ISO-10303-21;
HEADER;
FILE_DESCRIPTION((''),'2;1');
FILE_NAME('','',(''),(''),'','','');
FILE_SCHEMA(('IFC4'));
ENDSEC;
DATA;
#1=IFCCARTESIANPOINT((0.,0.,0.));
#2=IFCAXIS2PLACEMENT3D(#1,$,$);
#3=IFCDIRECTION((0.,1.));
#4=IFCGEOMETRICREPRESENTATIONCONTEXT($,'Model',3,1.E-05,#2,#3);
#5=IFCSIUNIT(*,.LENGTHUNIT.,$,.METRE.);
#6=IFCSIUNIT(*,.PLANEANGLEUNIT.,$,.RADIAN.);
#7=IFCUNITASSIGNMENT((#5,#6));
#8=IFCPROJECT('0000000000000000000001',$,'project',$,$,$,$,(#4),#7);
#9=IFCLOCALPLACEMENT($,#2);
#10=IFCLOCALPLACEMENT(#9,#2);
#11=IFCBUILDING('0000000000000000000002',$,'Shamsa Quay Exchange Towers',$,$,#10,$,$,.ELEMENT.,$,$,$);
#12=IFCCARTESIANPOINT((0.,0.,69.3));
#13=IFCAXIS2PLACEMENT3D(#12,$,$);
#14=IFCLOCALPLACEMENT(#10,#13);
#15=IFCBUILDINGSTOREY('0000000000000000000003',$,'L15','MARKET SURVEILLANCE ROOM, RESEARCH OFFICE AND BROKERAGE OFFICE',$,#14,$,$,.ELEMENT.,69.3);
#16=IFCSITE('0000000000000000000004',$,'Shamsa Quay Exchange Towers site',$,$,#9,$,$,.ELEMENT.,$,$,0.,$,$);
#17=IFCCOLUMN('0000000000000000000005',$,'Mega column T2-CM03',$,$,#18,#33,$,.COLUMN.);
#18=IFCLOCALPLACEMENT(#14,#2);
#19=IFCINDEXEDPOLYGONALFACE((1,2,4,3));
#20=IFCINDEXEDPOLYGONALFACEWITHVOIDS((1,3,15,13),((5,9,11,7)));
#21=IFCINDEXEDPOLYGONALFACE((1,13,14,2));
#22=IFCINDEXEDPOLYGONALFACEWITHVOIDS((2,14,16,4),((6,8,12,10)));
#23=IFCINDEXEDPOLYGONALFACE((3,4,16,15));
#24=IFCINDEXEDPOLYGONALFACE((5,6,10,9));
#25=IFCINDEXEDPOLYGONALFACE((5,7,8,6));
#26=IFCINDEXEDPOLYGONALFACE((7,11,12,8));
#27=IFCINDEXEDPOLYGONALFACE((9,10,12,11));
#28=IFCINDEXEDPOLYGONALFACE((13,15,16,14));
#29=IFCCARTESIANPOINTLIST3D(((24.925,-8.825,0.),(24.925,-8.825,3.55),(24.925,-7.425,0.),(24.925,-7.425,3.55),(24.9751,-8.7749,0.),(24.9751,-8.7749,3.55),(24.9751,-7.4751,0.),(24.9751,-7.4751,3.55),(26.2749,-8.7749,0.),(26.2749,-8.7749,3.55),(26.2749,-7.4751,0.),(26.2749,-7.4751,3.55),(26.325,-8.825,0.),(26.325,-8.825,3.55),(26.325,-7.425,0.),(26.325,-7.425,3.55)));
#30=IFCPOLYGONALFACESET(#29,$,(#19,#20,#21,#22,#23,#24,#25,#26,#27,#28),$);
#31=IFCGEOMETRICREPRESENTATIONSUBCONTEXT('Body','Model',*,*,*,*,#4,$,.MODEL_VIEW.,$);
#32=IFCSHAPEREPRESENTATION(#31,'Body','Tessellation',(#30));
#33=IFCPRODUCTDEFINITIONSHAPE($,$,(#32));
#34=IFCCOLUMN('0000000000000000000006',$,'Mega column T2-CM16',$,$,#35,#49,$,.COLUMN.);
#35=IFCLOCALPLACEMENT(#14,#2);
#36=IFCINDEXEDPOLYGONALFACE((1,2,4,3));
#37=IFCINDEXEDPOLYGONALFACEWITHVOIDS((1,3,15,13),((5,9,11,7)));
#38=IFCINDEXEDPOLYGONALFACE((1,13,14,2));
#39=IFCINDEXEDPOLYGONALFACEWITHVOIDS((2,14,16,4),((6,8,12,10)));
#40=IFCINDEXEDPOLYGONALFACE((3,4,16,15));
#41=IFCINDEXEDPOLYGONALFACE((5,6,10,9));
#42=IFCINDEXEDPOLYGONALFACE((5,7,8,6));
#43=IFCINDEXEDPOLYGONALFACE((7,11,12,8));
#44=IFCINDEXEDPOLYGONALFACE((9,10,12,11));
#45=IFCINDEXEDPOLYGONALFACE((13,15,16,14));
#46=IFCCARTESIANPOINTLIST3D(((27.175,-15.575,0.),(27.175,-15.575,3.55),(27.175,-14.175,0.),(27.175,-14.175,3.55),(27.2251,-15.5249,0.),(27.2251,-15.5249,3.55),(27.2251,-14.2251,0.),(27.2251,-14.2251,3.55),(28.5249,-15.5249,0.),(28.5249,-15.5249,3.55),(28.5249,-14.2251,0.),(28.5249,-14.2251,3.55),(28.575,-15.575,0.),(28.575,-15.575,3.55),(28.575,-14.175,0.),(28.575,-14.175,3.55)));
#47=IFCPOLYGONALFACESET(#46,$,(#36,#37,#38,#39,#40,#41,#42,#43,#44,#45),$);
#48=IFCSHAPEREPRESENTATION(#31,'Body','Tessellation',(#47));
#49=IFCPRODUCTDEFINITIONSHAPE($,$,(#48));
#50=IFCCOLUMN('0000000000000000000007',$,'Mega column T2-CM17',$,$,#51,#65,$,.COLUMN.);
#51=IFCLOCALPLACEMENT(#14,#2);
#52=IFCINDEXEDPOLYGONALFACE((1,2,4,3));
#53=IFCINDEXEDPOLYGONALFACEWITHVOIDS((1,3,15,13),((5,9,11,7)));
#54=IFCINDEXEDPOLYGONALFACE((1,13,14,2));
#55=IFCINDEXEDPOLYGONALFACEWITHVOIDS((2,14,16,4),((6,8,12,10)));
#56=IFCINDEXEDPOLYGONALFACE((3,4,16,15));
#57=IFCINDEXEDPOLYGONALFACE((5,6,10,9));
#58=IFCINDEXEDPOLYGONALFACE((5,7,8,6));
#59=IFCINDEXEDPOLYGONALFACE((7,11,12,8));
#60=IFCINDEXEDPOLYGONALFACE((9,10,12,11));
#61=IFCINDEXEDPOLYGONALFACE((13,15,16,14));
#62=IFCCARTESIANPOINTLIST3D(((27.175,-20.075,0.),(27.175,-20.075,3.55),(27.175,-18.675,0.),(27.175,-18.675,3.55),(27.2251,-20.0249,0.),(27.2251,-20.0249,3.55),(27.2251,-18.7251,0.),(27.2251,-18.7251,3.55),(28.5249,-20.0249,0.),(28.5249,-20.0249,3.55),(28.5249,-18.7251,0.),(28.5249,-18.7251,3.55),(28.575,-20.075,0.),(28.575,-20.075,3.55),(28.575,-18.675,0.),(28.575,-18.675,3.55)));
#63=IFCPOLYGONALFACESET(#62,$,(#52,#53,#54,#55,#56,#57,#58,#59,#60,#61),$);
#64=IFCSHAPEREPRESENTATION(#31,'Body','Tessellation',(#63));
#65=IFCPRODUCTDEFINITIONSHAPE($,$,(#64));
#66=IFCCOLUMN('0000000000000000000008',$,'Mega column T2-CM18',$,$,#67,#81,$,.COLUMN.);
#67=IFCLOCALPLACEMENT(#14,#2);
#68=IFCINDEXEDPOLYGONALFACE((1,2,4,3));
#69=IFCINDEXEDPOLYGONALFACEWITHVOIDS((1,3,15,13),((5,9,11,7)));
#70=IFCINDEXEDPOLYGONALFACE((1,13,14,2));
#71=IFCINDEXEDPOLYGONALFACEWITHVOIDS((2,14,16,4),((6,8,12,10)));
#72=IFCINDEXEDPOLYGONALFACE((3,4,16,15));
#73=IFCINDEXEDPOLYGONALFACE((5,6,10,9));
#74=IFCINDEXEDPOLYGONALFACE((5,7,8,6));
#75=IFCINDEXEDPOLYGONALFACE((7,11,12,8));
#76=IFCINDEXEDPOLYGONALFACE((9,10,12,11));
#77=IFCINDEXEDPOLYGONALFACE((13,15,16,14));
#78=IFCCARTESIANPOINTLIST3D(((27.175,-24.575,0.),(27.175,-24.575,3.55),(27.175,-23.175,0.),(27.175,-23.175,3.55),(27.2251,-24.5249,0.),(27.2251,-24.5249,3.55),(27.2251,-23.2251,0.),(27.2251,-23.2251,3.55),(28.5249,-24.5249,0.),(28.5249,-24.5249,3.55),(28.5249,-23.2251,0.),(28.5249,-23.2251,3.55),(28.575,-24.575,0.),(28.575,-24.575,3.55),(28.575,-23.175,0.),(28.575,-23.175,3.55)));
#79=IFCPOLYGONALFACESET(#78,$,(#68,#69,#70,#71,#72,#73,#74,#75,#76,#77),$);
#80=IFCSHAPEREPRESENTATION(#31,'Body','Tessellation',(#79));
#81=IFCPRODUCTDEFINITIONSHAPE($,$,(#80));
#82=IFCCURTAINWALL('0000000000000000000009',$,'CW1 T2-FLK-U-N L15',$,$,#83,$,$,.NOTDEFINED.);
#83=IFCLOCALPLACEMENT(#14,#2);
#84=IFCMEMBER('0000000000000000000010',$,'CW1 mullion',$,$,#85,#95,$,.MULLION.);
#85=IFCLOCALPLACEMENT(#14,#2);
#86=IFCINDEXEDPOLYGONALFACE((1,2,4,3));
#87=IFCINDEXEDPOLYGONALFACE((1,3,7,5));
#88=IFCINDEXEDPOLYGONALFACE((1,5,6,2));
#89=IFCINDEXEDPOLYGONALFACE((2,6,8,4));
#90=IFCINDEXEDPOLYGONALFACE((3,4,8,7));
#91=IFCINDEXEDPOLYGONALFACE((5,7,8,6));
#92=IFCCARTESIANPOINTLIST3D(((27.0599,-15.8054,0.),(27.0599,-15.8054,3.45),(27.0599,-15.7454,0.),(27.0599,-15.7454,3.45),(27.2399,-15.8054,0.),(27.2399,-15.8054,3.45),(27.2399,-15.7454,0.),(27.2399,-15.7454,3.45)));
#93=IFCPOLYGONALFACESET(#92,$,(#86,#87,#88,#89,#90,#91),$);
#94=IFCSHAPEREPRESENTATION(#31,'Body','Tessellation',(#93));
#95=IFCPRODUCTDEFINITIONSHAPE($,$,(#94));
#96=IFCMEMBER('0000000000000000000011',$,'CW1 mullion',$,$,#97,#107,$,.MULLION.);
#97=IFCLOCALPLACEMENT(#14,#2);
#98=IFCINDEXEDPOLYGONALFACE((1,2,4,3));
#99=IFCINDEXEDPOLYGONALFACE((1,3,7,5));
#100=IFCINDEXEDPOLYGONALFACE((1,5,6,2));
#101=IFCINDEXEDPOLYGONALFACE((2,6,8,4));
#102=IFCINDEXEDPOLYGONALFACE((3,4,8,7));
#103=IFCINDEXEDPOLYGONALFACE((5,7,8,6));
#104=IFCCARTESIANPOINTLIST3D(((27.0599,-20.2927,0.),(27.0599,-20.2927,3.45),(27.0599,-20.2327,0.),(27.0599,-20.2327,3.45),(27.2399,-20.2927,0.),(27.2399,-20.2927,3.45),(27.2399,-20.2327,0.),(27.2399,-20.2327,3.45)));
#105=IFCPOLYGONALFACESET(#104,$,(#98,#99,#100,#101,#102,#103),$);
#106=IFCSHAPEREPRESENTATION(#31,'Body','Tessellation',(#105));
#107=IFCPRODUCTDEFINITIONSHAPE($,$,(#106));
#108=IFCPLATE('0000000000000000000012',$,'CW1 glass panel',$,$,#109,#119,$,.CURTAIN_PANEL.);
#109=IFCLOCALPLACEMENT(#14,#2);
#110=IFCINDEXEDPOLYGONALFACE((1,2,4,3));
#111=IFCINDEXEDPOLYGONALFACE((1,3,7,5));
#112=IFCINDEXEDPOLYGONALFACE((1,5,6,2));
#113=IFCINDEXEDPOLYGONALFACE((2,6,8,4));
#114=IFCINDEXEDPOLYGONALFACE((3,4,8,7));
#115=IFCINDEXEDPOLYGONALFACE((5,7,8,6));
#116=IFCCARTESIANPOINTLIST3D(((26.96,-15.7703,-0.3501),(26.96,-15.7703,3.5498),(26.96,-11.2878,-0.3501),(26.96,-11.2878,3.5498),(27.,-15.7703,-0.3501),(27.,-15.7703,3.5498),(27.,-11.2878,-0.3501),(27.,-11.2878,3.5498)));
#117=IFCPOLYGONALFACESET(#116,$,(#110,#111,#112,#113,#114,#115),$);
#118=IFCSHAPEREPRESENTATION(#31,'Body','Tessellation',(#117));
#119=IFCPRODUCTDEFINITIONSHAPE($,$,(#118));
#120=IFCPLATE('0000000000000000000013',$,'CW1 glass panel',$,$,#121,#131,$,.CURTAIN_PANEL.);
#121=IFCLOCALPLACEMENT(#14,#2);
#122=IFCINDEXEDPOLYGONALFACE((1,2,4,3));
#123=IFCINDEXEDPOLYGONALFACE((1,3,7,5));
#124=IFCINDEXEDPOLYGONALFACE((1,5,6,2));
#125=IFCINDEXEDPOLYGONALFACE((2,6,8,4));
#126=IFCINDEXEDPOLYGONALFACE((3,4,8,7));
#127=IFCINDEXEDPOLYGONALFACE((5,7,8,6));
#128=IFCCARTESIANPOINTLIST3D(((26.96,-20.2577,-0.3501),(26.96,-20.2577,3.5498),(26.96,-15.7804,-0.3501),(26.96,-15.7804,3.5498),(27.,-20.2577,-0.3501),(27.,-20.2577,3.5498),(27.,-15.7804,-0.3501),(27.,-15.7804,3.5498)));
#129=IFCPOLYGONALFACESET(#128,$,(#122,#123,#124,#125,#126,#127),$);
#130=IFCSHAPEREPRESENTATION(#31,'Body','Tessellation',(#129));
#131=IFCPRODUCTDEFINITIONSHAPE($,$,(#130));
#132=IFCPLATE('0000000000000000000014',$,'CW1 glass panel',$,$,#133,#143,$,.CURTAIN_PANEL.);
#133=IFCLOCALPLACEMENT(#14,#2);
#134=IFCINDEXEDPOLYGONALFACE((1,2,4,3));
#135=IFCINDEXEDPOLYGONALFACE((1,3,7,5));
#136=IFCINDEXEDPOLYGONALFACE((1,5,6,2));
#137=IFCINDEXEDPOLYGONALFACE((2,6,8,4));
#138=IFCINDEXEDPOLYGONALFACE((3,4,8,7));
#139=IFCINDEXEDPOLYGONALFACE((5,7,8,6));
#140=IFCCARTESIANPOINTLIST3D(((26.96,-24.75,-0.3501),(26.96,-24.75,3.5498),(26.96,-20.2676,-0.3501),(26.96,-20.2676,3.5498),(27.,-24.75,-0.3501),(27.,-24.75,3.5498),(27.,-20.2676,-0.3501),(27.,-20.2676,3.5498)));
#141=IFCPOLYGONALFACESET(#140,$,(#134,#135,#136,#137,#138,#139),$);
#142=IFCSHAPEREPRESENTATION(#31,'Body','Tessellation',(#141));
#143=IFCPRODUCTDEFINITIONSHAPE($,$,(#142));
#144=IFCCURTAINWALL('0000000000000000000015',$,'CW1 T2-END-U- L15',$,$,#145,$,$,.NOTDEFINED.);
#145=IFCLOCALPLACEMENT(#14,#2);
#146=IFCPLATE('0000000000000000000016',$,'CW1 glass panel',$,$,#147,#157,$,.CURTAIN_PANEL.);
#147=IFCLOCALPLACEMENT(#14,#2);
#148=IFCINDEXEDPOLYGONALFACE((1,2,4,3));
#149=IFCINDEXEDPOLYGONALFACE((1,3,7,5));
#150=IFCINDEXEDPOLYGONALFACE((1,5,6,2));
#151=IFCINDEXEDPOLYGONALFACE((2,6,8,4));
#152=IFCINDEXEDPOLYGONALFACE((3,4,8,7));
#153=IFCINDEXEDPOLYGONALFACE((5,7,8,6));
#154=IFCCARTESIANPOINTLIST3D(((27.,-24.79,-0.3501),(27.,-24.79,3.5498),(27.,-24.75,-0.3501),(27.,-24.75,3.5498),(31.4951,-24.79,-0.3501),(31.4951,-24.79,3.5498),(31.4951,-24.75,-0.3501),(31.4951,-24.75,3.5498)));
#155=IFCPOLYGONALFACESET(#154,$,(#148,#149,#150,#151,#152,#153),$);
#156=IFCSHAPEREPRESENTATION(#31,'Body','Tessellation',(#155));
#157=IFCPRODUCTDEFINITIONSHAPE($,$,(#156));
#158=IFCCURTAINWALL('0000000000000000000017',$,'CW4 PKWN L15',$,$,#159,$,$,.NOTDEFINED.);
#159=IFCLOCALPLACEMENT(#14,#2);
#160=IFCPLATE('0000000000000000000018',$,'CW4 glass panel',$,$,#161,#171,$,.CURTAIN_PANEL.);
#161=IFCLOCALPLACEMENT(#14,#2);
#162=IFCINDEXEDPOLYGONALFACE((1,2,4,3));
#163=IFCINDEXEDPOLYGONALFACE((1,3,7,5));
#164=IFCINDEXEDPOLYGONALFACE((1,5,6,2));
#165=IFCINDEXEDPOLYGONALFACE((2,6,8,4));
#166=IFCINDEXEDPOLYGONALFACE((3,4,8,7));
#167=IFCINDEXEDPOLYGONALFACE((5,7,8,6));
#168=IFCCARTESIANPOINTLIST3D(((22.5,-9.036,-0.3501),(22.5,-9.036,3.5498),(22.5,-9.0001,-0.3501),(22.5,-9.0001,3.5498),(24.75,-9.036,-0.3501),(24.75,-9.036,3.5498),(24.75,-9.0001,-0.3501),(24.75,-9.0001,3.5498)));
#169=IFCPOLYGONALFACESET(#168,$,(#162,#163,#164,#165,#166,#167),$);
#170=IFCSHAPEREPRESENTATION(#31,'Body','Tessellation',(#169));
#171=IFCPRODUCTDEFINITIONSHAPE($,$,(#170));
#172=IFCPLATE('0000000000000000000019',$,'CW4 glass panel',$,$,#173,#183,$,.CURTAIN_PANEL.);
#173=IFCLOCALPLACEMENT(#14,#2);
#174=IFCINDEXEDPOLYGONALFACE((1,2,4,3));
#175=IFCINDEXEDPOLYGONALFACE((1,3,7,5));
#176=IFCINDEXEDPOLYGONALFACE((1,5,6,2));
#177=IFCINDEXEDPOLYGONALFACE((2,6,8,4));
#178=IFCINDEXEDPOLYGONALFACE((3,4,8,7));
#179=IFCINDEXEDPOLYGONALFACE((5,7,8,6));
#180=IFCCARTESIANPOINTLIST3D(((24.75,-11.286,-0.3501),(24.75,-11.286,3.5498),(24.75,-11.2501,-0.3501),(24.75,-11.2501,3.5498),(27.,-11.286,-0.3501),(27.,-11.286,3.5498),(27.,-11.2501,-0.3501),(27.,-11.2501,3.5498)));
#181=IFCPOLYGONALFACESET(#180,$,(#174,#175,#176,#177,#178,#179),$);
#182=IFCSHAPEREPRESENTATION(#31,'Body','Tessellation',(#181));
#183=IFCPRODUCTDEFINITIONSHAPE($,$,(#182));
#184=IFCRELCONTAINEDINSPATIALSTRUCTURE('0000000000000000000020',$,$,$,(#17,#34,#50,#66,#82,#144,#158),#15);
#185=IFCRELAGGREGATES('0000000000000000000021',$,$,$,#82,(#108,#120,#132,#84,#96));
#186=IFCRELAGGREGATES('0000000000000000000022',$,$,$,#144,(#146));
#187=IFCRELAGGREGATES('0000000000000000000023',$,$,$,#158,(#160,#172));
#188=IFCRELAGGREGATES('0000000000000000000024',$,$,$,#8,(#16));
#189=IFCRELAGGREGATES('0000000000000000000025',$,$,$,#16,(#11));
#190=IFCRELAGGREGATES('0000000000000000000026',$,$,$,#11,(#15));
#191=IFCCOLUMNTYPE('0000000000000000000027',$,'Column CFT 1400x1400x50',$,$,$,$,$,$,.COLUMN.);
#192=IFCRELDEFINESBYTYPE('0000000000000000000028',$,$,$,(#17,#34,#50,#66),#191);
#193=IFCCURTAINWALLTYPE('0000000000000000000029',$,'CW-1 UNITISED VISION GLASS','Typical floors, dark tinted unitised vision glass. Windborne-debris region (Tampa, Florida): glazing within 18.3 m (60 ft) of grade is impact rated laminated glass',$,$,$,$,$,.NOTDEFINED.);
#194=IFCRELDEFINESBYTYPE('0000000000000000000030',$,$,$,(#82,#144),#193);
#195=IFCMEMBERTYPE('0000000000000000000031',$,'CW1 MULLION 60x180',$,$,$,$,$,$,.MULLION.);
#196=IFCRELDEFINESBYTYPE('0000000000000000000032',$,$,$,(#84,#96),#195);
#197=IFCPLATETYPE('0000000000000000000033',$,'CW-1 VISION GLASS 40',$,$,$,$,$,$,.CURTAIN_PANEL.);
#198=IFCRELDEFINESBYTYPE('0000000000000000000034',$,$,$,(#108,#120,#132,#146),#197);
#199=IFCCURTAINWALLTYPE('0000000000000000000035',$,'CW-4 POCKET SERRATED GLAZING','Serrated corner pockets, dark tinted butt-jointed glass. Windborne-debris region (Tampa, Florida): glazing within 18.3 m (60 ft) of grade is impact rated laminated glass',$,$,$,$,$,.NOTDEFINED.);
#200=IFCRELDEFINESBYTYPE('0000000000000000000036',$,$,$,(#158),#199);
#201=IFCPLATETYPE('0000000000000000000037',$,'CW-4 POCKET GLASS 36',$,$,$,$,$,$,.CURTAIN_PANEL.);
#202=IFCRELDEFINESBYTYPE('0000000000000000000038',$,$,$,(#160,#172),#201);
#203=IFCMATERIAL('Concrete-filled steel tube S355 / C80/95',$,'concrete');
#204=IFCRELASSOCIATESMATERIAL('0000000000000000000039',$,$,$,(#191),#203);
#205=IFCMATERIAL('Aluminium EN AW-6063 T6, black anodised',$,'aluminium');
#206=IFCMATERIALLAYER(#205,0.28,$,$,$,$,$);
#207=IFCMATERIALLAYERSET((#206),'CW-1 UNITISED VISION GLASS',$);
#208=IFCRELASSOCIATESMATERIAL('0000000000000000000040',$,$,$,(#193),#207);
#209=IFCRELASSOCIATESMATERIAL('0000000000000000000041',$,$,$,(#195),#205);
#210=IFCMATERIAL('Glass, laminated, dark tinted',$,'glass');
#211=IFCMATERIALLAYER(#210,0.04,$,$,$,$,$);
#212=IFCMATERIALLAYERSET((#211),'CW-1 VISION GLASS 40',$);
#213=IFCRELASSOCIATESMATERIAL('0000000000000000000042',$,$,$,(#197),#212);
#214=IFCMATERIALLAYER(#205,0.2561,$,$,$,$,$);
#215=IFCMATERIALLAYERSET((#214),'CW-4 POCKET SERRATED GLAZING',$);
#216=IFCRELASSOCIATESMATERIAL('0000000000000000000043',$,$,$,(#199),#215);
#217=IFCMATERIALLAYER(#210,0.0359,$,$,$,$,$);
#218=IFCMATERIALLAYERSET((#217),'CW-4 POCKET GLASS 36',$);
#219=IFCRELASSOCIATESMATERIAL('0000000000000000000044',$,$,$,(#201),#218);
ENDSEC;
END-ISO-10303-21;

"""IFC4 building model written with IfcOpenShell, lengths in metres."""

from ifc_helpers import new_model, si_unit, direction, frame, origin, origin_2d, place, context, subcontext, project, spatial, rectangle, hollow_rectangle, extrude, material, layer, layer_set, material_profile, profile_set, type_object, element, aggregate, save


model = new_model("IFC4")

# Units and contexts
model_context = context("Model", 3, precision=1e-05, world=origin(), true_north=direction((0.0, 1.0)))
body_context = subcontext(model_context, "Body", "Model", "MODEL_VIEW")
ifc_project = project(units=[si_unit("LENGTHUNIT", "METRE"), si_unit("PLANEANGLEUNIT", "RADIAN")], contexts=[model_context])

# Site, building, storey
site_placement = place(None, origin())
site = spatial("IfcSite", under=ifc_project, at=site_placement, Name="Shamsa Quay Exchange Towers site", CompositionType="ELEMENT", RefElevation=0.0)
building_placement = place(site_placement, origin())
building = spatial("IfcBuilding", under=site, at=building_placement, Name="Shamsa Quay Exchange Towers", CompositionType="ELEMENT")
storey_placement = place(building_placement, frame((0.0, 0.0, 69.3)))
storey = spatial("IfcBuildingStorey", under=building, at=storey_placement, Name="L15", Description="MARKET SURVEILLANCE ROOM, RESEARCH OFFICE AND BROKERAGE OFFICE", CompositionType="ELEMENT", Elevation=69.3)

# Columns
ifc_material_1 = material(Name="Concrete-filled steel tube S355 / C80/95", Category="concrete")
ifc_material_profile_1 = material_profile(ifc_material_1, hollow_rectangle(XDim=1.3999, YDim=1.3999, WallThickness=0.05, at=origin_2d()), Name="CFT 1400x1400x50")
ifc_profile_set_1 = profile_set([ifc_material_profile_1], Name="Concrete-filled steel tube S355 / C80/95")
column_type = type_object("IfcColumnType", Name="Column CFT 1400x1400x50", PredefinedType="COLUMN", material=ifc_profile_set_1)
for number, where, name in (
    (1, (25.625, -8.125, 0.0), "Mega column T2-CM03"),
    (2, (27.875, -14.875, 0.0), "Mega column T2-CM16"),
    (3, (27.875, -19.375, 0.0), "Mega column T2-CM17"),
    (4, (27.875, -23.875, 0.0), "Mega column T2-CM18"),
):
    element("IfcColumn", number, at=place(storey_placement, frame(where)), inside=storey, type_object=column_type, Name=name, PredefinedType="COLUMN", context=body_context, shape_type="SweptSolid", body=[
        extrude(hollow_rectangle(XDim=1.3999, YDim=1.3999, WallThickness=0.05, at=origin_2d()), origin(), (0.0, 0.0, 1.0), 3.55),
    ])

# Curtain wall, members, plates
ifc_material_2 = material(Name="Aluminium EN AW-6063 T6, black anodised", Category="aluminium")
ifc_layer_1 = layer(ifc_material_2, 0.28)
ifc_layer_set_1 = layer_set([ifc_layer_1], Name="CW-1 UNITISED VISION GLASS")
curtain_wall_type_1 = type_object("IfcCurtainWallType", Name="CW-1 UNITISED VISION GLASS", Description="Typical floors, dark tinted unitised vision glass. Windborne-debris region (Tampa, Florida): glazing within 18.3 m (60 ft) of grade is impact rated laminated glass", PredefinedType="NOTDEFINED", material=ifc_layer_set_1)
curtain_wall_1_placement = place(storey_placement, origin())
curtain_wall_1 = element("IfcCurtainWall", 5, at=curtain_wall_1_placement, inside=storey, type_object=curtain_wall_type_1, Name="CW1 T2-FLK-U-N L15", PredefinedType="NOTDEFINED")
ifc_material_profile_2 = material_profile(ifc_material_2, rectangle(XDim=0.1799, YDim=0.0601, at=origin_2d()), Name="MU60x180")
ifc_profile_set_2 = profile_set([ifc_material_profile_2], Name="Aluminium EN AW-6063 T6, black anodised")
member_type = type_object("IfcMemberType", Name="CW1 MULLION 60x180", PredefinedType="MULLION", material=ifc_profile_set_2)
member_1_placement = place(storey_placement, frame((27.1499, -15.7754, 0.0)))
member_1 = element("IfcMember", 6, at=member_1_placement, type_object=member_type, Name="CW1 mullion", PredefinedType="MULLION", context=body_context, shape_type="SweptSolid", body=[
    extrude(rectangle(XDim=0.1799, YDim=0.0601, at=origin_2d()), origin(), (0.0, 0.0, 1.0), 3.45),
])
member_2_placement = place(storey_placement, frame((27.1499, -20.2627, 0.0)))
member_2 = element("IfcMember", 7, at=member_2_placement, type_object=member_type, Name="CW1 mullion", PredefinedType="MULLION", context=body_context, shape_type="SweptSolid", body=[
    extrude(rectangle(XDim=0.1799, YDim=0.0601, at=origin_2d()), origin(), (0.0, 0.0, 1.0), 3.45),
])
ifc_material_3 = material(Name="Glass, laminated, dark tinted", Category="glass")
ifc_layer_2 = layer(ifc_material_3, 0.04)
ifc_layer_set_2 = layer_set([ifc_layer_2], Name="CW-1 VISION GLASS 40")
plate_type_1 = type_object("IfcPlateType", Name="CW-1 VISION GLASS 40", PredefinedType="CURTAIN_PANEL", material=ifc_layer_set_2)
plate_1_placement = place(storey_placement, frame((26.98, -13.5291, -0.3501), z_axis=(0.0, 0.0, 1.0), x_axis=(0.0, -1.0, 0.0)))
plate_1 = element("IfcPlate", 8, at=plate_1_placement, type_object=plate_type_1, Name="CW1 glass panel", PredefinedType="CURTAIN_PANEL", context=body_context, shape_type="SweptSolid", body=[
    extrude(rectangle(XDim=4.4824, YDim=0.04, at=origin_2d()), origin(), (0.0, 0.0, 1.0), 3.8999),
])
plate_2_placement = place(storey_placement, frame((26.98, -18.019, -0.3501), z_axis=(0.0, 0.0, 1.0), x_axis=(0.0, -1.0, 0.0)))
plate_2 = element("IfcPlate", 9, at=plate_2_placement, type_object=plate_type_1, Name="CW1 glass panel", PredefinedType="CURTAIN_PANEL", context=body_context, shape_type="SweptSolid", body=[
    extrude(rectangle(XDim=4.4773, YDim=0.04, at=origin_2d()), origin(), (0.0, 0.0, 1.0), 3.8999),
])
plate_3_placement = place(storey_placement, frame((26.98, -22.5088, -0.3501), z_axis=(0.0, 0.0, 1.0), x_axis=(0.0, -1.0, 0.0)))
plate_3 = element("IfcPlate", 10, at=plate_3_placement, type_object=plate_type_1, Name="CW1 glass panel", PredefinedType="CURTAIN_PANEL", context=body_context, shape_type="SweptSolid", body=[
    extrude(rectangle(XDim=4.4824, YDim=0.04, at=origin_2d()), origin(), (0.0, 0.0, 1.0), 3.8999),
])
aggregate(curtain_wall_1, [plate_1, plate_2, plate_3, member_1, member_2])

# Curtain wall, plate
curtain_wall_2_placement = place(storey_placement, origin())
curtain_wall_2 = element("IfcCurtainWall", 11, at=curtain_wall_2_placement, inside=storey, type_object=curtain_wall_type_1, Name="CW1 T2-END-U- L15", PredefinedType="NOTDEFINED")
plate_4_placement = place(storey_placement, frame((29.2476, -24.77, -0.3501)))
plate_4 = element("IfcPlate", 12, at=plate_4_placement, type_object=plate_type_1, Name="CW1 glass panel", PredefinedType="CURTAIN_PANEL", context=body_context, shape_type="SweptSolid", body=[
    extrude(rectangle(XDim=4.4951, YDim=0.04, at=origin_2d()), origin(), (0.0, 0.0, 1.0), 3.8999),
])
aggregate(curtain_wall_2, [plate_4])

# Curtain wall, plates
ifc_layer_3 = layer(ifc_material_2, 0.2561)
ifc_layer_set_3 = layer_set([ifc_layer_3], Name="CW-4 POCKET SERRATED GLAZING")
curtain_wall_type_2 = type_object("IfcCurtainWallType", Name="CW-4 POCKET SERRATED GLAZING", Description="Serrated corner pockets, dark tinted butt-jointed glass. Windborne-debris region (Tampa, Florida): glazing within 18.3 m (60 ft) of grade is impact rated laminated glass", PredefinedType="NOTDEFINED", material=ifc_layer_set_3)
curtain_wall_3_placement = place(storey_placement, origin())
curtain_wall_3 = element("IfcCurtainWall", 13, at=curtain_wall_3_placement, inside=storey, type_object=curtain_wall_type_2, Name="CW4 PKWN L15", PredefinedType="NOTDEFINED")
ifc_layer_4 = layer(ifc_material_3, 0.0359)
ifc_layer_set_4 = layer_set([ifc_layer_4], Name="CW-4 POCKET GLASS 36")
plate_type_2 = type_object("IfcPlateType", Name="CW-4 POCKET GLASS 36", PredefinedType="CURTAIN_PANEL", material=ifc_layer_set_4)
plate_5_placement = place(storey_placement, frame((23.625, -9.0181, -0.3501)))
plate_5 = element("IfcPlate", 14, at=plate_5_placement, type_object=plate_type_2, Name="CW4 glass panel", PredefinedType="CURTAIN_PANEL", context=body_context, shape_type="SweptSolid", body=[
    extrude(rectangle(XDim=2.25, YDim=0.0359, at=origin_2d()), origin(), (0.0, 0.0, 1.0), 3.8999),
])
plate_6_placement = place(storey_placement, frame((25.875, -11.2681, -0.3501)))
plate_6 = element("IfcPlate", 15, at=plate_6_placement, type_object=plate_type_2, Name="CW4 glass panel", PredefinedType="CURTAIN_PANEL", context=body_context, shape_type="SweptSolid", body=[
    extrude(rectangle(XDim=2.25, YDim=0.0359, at=origin_2d()), origin(), (0.0, 0.0, 1.0), 3.8999),
])
aggregate(curtain_wall_3, [plate_5, plate_6])

save(model, "model.ifc")
